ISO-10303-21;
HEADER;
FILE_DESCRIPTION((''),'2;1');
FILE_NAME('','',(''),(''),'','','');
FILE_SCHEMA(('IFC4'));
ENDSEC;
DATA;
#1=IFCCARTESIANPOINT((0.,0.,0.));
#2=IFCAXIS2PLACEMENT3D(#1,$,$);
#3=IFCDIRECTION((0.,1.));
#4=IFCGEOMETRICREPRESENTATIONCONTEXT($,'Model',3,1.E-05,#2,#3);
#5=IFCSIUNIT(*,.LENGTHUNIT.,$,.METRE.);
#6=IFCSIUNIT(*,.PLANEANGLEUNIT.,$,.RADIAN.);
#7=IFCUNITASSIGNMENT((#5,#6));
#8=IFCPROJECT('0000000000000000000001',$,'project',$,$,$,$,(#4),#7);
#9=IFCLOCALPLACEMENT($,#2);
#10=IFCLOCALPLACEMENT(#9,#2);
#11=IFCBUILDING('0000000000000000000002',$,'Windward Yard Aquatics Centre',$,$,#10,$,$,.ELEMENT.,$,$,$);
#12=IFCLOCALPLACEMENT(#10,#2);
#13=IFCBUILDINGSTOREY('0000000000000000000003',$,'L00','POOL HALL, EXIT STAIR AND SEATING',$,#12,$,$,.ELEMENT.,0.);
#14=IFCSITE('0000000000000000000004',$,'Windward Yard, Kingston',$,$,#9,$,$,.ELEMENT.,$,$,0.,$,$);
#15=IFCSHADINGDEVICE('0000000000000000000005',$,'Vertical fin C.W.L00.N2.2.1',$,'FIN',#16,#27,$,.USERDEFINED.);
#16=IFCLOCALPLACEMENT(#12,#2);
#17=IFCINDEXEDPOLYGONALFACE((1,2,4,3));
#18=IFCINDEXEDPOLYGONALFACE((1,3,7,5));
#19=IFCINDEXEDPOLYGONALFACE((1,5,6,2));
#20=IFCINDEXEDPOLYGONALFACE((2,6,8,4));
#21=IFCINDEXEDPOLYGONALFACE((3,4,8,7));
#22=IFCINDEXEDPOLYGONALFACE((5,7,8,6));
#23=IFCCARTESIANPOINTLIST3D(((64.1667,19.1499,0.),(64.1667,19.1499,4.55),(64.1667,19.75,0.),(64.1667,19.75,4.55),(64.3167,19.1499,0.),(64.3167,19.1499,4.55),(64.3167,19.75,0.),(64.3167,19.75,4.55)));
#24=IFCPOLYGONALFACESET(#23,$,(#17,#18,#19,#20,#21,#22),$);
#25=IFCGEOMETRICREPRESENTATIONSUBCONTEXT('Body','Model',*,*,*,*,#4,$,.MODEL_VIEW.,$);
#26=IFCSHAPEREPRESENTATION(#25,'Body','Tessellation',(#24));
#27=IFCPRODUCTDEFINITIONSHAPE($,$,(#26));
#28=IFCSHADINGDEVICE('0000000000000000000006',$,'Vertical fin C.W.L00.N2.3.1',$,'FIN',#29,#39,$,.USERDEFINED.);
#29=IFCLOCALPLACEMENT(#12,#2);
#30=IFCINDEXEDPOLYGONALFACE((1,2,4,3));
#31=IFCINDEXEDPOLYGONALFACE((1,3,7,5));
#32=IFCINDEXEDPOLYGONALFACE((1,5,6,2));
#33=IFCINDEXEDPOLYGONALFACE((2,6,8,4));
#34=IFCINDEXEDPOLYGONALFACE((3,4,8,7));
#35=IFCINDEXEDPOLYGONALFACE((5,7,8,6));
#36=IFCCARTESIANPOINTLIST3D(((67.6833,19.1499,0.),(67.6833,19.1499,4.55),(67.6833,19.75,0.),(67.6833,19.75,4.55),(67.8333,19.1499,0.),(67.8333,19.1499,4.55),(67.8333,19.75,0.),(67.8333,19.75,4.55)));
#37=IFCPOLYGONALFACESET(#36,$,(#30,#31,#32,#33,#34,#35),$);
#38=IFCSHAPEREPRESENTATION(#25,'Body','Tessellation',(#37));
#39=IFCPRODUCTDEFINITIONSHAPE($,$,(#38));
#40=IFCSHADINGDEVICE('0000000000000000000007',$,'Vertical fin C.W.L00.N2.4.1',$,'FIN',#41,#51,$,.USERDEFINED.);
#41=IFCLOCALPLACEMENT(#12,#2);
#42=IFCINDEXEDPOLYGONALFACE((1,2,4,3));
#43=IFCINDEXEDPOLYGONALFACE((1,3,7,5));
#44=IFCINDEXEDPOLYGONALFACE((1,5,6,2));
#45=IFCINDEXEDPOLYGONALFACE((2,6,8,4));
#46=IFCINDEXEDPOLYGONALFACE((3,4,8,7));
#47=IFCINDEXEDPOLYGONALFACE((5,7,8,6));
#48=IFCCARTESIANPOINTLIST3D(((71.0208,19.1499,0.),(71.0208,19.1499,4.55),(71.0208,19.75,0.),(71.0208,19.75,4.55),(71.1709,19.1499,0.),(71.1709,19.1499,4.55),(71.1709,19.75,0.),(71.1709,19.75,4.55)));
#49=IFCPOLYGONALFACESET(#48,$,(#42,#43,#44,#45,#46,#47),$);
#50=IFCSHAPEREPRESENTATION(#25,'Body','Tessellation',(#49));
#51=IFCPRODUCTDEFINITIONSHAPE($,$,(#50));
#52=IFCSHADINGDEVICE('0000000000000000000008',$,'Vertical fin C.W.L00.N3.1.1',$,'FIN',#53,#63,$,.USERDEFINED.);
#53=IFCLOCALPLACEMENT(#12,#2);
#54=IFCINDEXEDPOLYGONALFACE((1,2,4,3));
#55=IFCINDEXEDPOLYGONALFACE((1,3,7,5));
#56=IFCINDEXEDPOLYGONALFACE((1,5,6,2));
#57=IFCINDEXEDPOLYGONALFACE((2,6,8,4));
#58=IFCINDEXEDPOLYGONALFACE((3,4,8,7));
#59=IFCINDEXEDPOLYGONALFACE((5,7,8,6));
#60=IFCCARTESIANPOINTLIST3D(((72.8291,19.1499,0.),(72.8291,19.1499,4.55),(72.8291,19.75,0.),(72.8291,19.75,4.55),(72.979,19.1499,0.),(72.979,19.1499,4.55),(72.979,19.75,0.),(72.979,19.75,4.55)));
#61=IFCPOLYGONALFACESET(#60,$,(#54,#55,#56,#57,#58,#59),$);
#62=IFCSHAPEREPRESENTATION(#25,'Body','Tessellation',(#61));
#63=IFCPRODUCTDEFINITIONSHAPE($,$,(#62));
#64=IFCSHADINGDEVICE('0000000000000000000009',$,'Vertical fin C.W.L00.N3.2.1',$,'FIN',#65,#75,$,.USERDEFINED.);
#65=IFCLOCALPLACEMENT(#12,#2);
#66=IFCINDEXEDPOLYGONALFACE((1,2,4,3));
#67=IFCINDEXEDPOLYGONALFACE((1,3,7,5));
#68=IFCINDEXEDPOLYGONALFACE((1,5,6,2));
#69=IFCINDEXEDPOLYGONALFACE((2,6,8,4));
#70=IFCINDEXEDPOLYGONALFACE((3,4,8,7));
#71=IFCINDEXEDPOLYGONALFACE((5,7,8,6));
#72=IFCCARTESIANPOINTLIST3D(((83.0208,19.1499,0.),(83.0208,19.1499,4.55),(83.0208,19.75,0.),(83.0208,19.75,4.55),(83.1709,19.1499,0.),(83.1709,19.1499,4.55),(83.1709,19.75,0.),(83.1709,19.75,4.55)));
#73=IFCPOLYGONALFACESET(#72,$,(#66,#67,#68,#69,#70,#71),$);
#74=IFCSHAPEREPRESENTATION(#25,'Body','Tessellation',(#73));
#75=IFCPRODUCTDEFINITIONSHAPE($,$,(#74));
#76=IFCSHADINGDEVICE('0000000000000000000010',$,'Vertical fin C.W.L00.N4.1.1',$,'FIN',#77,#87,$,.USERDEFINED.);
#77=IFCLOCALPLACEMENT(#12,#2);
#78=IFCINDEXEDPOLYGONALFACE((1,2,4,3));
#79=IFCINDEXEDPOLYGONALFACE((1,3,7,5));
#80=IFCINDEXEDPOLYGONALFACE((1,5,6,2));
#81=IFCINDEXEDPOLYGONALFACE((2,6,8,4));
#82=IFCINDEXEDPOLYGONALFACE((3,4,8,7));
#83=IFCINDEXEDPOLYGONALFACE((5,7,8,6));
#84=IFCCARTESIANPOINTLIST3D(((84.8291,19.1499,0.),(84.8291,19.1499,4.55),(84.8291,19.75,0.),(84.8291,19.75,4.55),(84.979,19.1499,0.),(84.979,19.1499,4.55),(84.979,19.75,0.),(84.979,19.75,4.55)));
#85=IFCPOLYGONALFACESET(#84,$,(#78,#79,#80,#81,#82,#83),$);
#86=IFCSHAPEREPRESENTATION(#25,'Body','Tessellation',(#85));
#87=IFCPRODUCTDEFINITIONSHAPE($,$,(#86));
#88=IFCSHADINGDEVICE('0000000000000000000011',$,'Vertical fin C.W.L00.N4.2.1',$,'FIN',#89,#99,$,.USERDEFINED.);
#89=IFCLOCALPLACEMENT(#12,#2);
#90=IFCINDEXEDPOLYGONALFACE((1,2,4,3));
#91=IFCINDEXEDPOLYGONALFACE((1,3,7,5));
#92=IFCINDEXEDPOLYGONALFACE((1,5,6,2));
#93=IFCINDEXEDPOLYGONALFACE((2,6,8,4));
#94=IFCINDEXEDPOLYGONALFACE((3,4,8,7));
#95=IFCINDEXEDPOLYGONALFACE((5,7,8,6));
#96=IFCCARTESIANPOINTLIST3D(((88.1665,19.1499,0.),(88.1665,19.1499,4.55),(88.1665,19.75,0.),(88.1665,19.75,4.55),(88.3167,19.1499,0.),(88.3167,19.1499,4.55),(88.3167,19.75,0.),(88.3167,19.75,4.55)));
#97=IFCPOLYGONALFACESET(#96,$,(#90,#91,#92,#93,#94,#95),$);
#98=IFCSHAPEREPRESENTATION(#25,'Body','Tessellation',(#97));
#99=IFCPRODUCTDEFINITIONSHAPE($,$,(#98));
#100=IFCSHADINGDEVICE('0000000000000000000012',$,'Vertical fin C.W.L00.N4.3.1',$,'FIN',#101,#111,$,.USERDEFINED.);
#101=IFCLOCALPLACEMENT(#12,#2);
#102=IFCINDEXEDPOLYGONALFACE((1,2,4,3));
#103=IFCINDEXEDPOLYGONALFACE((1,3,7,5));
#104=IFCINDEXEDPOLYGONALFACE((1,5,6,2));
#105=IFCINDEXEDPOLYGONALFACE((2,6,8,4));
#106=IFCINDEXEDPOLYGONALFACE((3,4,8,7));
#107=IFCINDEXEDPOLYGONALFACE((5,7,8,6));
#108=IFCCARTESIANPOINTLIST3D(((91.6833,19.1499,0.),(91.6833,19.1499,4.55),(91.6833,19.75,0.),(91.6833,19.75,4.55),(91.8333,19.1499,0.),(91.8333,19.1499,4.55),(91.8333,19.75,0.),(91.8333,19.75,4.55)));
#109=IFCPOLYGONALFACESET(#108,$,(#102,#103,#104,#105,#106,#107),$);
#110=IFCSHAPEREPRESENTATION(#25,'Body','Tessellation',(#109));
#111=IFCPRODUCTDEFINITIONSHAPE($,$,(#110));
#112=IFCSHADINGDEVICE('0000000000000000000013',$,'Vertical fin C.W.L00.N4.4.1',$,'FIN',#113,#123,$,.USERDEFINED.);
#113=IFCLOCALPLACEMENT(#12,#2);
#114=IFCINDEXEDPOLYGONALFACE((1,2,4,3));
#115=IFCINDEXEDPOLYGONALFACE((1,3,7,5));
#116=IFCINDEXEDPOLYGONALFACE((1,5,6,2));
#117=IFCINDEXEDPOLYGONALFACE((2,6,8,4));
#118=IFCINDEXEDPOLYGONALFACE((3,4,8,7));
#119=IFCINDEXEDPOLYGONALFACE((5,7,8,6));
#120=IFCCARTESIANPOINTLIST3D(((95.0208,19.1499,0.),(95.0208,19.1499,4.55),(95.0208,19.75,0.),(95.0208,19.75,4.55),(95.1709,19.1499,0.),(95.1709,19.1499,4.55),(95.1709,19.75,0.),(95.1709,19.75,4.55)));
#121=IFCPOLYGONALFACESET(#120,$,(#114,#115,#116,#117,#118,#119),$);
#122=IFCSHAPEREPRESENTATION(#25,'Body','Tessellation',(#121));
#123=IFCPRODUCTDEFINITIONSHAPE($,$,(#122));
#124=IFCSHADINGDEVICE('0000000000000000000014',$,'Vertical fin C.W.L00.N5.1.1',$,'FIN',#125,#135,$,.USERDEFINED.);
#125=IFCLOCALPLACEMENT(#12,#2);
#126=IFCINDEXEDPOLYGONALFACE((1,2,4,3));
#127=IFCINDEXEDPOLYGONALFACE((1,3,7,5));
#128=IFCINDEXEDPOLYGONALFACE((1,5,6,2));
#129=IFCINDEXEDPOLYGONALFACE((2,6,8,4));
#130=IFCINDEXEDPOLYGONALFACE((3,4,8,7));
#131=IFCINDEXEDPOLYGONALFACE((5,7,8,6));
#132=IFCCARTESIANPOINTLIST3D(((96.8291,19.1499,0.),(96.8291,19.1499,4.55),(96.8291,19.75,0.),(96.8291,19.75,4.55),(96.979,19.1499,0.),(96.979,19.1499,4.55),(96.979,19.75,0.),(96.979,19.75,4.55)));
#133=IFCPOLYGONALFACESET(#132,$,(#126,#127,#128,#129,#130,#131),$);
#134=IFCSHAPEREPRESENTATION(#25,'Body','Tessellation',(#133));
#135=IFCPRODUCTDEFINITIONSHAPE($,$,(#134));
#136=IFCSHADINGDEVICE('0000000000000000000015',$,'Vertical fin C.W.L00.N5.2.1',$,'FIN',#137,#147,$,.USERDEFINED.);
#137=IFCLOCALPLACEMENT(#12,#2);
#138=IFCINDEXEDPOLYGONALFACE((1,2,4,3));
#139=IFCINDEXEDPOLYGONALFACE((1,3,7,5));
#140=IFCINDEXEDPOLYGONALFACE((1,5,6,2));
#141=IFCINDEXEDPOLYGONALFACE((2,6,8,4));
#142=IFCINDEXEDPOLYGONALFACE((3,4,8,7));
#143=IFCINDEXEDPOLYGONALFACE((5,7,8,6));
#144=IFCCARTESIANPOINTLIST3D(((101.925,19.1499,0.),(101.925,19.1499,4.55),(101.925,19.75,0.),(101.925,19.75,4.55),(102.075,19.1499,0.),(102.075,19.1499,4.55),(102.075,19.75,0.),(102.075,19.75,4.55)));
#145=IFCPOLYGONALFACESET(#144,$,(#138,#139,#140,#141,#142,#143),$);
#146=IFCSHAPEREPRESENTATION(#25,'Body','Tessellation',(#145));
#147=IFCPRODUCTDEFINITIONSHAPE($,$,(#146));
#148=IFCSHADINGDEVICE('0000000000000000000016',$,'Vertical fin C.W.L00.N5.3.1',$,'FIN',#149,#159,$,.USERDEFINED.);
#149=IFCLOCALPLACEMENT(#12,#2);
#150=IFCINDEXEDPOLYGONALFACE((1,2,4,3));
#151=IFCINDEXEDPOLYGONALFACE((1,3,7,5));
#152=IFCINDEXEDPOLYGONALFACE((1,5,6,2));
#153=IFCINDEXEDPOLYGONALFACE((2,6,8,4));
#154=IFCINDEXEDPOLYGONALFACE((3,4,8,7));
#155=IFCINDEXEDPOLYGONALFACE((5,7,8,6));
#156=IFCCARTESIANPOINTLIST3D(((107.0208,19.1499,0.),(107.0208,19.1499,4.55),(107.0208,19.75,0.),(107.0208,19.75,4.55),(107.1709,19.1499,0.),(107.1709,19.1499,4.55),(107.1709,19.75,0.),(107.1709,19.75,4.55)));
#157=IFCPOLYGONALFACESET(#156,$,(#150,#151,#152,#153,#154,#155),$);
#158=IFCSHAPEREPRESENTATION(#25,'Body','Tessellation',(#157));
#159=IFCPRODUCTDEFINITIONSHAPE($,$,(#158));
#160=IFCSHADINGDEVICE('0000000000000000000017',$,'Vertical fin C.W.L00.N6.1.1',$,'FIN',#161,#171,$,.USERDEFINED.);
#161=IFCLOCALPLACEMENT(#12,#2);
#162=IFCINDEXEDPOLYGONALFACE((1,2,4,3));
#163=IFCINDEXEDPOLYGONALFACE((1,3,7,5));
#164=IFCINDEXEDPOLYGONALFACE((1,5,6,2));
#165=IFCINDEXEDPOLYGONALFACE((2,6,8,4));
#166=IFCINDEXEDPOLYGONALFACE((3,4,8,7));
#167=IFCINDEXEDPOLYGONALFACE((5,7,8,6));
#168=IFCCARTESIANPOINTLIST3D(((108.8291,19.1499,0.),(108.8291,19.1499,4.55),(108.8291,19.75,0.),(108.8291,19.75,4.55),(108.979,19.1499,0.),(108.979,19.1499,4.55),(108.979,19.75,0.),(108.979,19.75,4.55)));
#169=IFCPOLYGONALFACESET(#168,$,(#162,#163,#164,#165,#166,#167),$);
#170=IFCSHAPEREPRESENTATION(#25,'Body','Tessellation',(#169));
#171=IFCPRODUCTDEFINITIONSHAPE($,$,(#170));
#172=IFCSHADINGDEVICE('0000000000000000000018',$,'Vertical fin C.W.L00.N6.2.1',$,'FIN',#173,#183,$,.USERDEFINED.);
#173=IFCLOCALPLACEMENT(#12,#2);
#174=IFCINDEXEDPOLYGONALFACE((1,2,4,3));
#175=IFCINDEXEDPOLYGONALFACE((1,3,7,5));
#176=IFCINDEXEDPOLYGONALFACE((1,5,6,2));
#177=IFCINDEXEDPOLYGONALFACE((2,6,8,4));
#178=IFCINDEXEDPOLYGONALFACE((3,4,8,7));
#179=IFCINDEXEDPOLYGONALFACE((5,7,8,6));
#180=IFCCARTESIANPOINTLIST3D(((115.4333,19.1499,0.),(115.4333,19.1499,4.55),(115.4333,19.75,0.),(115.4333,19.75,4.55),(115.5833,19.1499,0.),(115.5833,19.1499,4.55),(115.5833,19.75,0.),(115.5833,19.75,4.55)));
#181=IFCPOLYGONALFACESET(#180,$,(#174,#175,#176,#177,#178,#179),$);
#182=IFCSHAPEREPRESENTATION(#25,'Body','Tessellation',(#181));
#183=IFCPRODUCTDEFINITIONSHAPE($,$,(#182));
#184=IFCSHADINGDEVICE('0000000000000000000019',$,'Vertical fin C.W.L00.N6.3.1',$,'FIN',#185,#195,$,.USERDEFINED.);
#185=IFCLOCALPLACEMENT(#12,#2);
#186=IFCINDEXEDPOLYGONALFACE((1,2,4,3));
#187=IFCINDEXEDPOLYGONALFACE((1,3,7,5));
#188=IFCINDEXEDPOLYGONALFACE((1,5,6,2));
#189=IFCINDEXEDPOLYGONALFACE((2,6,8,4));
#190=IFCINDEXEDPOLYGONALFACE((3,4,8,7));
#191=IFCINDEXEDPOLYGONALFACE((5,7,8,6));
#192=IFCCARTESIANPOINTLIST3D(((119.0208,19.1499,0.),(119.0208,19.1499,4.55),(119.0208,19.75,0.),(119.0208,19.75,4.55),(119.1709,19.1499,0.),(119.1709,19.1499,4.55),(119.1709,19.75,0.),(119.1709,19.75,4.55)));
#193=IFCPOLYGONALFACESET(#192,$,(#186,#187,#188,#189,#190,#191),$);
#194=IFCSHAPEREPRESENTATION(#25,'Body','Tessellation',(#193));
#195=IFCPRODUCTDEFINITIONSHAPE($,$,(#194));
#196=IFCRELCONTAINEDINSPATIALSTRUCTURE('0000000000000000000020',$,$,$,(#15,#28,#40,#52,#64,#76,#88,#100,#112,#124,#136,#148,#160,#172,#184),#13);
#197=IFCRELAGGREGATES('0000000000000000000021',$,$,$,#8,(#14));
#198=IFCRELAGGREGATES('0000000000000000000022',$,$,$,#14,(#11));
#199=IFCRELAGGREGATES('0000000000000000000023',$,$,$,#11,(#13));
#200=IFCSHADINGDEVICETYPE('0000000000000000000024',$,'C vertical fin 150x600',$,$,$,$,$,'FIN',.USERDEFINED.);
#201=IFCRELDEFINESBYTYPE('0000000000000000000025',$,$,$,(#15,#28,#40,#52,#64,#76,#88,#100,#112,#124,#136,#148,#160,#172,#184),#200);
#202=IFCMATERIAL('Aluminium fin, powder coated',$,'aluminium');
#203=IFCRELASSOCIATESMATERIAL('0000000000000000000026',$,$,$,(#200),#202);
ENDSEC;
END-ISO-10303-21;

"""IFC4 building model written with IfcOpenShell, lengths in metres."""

from ifc_helpers import new_model, si_unit, direction, origin, place, context, subcontext, project, spatial, polyline, outline, extrude, material, type_object, element, save


model = new_model("IFC4")

# Units and contexts
model_context = context("Model", 3, precision=1e-05, world=origin(), true_north=direction((0.0, 1.0)))
body_context = subcontext(model_context, "Body", "Model", "MODEL_VIEW")
ifc_project = project(units=[si_unit("LENGTHUNIT", "METRE"), si_unit("PLANEANGLEUNIT", "RADIAN")], contexts=[model_context])

# Site, building, storey
site_placement = place(None, origin())
site = spatial("IfcSite", under=ifc_project, at=site_placement, Name="Windward Yard, Kingston", CompositionType="ELEMENT", RefElevation=0.0)
building_placement = place(site_placement, origin())
building = spatial("IfcBuilding", under=site, at=building_placement, Name="Windward Yard Aquatics Centre", CompositionType="ELEMENT")
storey_placement = place(building_placement, origin())
storey = spatial("IfcBuildingStorey", under=building, at=storey_placement, Name="L00", Description="POOL HALL, EXIT STAIR AND SEATING", CompositionType="ELEMENT", Elevation=0.0)

# Shading devices
ifc_material = material(Name="Aluminium fin, powder coated", Category="aluminium")
shading_device_type = type_object("IfcShadingDeviceType", Name="C vertical fin 150x600", ElementType="FIN", PredefinedType="USERDEFINED", material=ifc_material)
shading_device_1_placement = place(storey_placement, origin())
element("IfcShadingDevice", 1, at=shading_device_1_placement, inside=storey, type_object=shading_device_type, Name="Vertical fin C.W.L00.N2.2.1", ObjectType="FIN", PredefinedType="USERDEFINED", context=body_context, shape_type="SweptSolid", body=[
    extrude(outline(polyline([(64.1667, 19.1499), (64.3167, 19.1499), (64.3167, 19.75), (64.1667, 19.75), (64.1667, 19.1499)])), origin(), (0.0, 0.0, 1.0), 4.55),
])
shading_device_2_placement = place(storey_placement, origin())
element("IfcShadingDevice", 2, at=shading_device_2_placement, inside=storey, type_object=shading_device_type, Name="Vertical fin C.W.L00.N2.3.1", ObjectType="FIN", PredefinedType="USERDEFINED", context=body_context, shape_type="SweptSolid", body=[
    extrude(outline(polyline([(67.6833, 19.1499), (67.8333, 19.1499), (67.8333, 19.75), (67.6833, 19.75), (67.6833, 19.1499)])), origin(), (0.0, 0.0, 1.0), 4.55),
])
shading_device_3_placement = place(storey_placement, origin())
element("IfcShadingDevice", 3, at=shading_device_3_placement, inside=storey, type_object=shading_device_type, Name="Vertical fin C.W.L00.N2.4.1", ObjectType="FIN", PredefinedType="USERDEFINED", context=body_context, shape_type="SweptSolid", body=[
    extrude(outline(polyline([(71.0208, 19.1499), (71.1709, 19.1499), (71.1709, 19.75), (71.0208, 19.75), (71.0208, 19.1499)])), origin(), (0.0, 0.0, 1.0), 4.55),
])
shading_device_4_placement = place(storey_placement, origin())
element("IfcShadingDevice", 4, at=shading_device_4_placement, inside=storey, type_object=shading_device_type, Name="Vertical fin C.W.L00.N3.1.1", ObjectType="FIN", PredefinedType="USERDEFINED", context=body_context, shape_type="SweptSolid", body=[
    extrude(outline(polyline([(72.8291, 19.1499), (72.979, 19.1499), (72.979, 19.75), (72.8291, 19.75), (72.8291, 19.1499)])), origin(), (0.0, 0.0, 1.0), 4.55),
])
shading_device_5_placement = place(storey_placement, origin())
element("IfcShadingDevice", 5, at=shading_device_5_placement, inside=storey, type_object=shading_device_type, Name="Vertical fin C.W.L00.N3.2.1", ObjectType="FIN", PredefinedType="USERDEFINED", context=body_context, shape_type="SweptSolid", body=[
    extrude(outline(polyline([(83.0208, 19.1499), (83.1709, 19.1499), (83.1709, 19.75), (83.0208, 19.75), (83.0208, 19.1499)])), origin(), (0.0, 0.0, 1.0), 4.55),
])
shading_device_6_placement = place(storey_placement, origin())
element("IfcShadingDevice", 6, at=shading_device_6_placement, inside=storey, type_object=shading_device_type, Name="Vertical fin C.W.L00.N4.1.1", ObjectType="FIN", PredefinedType="USERDEFINED", context=body_context, shape_type="SweptSolid", body=[
    extrude(outline(polyline([(84.8291, 19.1499), (84.979, 19.1499), (84.979, 19.75), (84.8291, 19.75), (84.8291, 19.1499)])), origin(), (0.0, 0.0, 1.0), 4.55),
])
shading_device_7_placement = place(storey_placement, origin())
element("IfcShadingDevice", 7, at=shading_device_7_placement, inside=storey, type_object=shading_device_type, Name="Vertical fin C.W.L00.N4.2.1", ObjectType="FIN", PredefinedType="USERDEFINED", context=body_context, shape_type="SweptSolid", body=[
    extrude(outline(polyline([(88.1665, 19.1499), (88.3167, 19.1499), (88.3167, 19.75), (88.1665, 19.75), (88.1665, 19.1499)])), origin(), (0.0, 0.0, 1.0), 4.55),
])
shading_device_8_placement = place(storey_placement, origin())
element("IfcShadingDevice", 8, at=shading_device_8_placement, inside=storey, type_object=shading_device_type, Name="Vertical fin C.W.L00.N4.3.1", ObjectType="FIN", PredefinedType="USERDEFINED", context=body_context, shape_type="SweptSolid", body=[
    extrude(outline(polyline([(91.6833, 19.1499), (91.8333, 19.1499), (91.8333, 19.75), (91.6833, 19.75), (91.6833, 19.1499)])), origin(), (0.0, 0.0, 1.0), 4.55),
])
shading_device_9_placement = place(storey_placement, origin())
element("IfcShadingDevice", 9, at=shading_device_9_placement, inside=storey, type_object=shading_device_type, Name="Vertical fin C.W.L00.N4.4.1", ObjectType="FIN", PredefinedType="USERDEFINED", context=body_context, shape_type="SweptSolid", body=[
    extrude(outline(polyline([(95.0208, 19.1499), (95.1709, 19.1499), (95.1709, 19.75), (95.0208, 19.75), (95.0208, 19.1499)])), origin(), (0.0, 0.0, 1.0), 4.55),
])
shading_device_10_placement = place(storey_placement, origin())
element("IfcShadingDevice", 10, at=shading_device_10_placement, inside=storey, type_object=shading_device_type, Name="Vertical fin C.W.L00.N5.1.1", ObjectType="FIN", PredefinedType="USERDEFINED", context=body_context, shape_type="SweptSolid", body=[
    extrude(outline(polyline([(96.8291, 19.1499), (96.979, 19.1499), (96.979, 19.75), (96.8291, 19.75), (96.8291, 19.1499)])), origin(), (0.0, 0.0, 1.0), 4.55),
])
shading_device_11_placement = place(storey_placement, origin())
element("IfcShadingDevice", 11, at=shading_device_11_placement, inside=storey, type_object=shading_device_type, Name="Vertical fin C.W.L00.N5.2.1", ObjectType="FIN", PredefinedType="USERDEFINED", context=body_context, shape_type="SweptSolid", body=[
    extrude(outline(polyline([(101.925, 19.1499), (102.075, 19.1499), (102.075, 19.75), (101.925, 19.75), (101.925, 19.1499)])), origin(), (0.0, 0.0, 1.0), 4.55),
])
shading_device_12_placement = place(storey_placement, origin())
element("IfcShadingDevice", 12, at=shading_device_12_placement, inside=storey, type_object=shading_device_type, Name="Vertical fin C.W.L00.N5.3.1", ObjectType="FIN", PredefinedType="USERDEFINED", context=body_context, shape_type="SweptSolid", body=[
    extrude(outline(polyline([(107.0208, 19.1499), (107.1709, 19.1499), (107.1709, 19.75), (107.0208, 19.75), (107.0208, 19.1499)])), origin(), (0.0, 0.0, 1.0), 4.55),
])
shading_device_13_placement = place(storey_placement, origin())
element("IfcShadingDevice", 13, at=shading_device_13_placement, inside=storey, type_object=shading_device_type, Name="Vertical fin C.W.L00.N6.1.1", ObjectType="FIN", PredefinedType="USERDEFINED", context=body_context, shape_type="SweptSolid", body=[
    extrude(outline(polyline([(108.8291, 19.1499), (108.979, 19.1499), (108.979, 19.75), (108.8291, 19.75), (108.8291, 19.1499)])), origin(), (0.0, 0.0, 1.0), 4.55),
])
shading_device_14_placement = place(storey_placement, origin())
element("IfcShadingDevice", 14, at=shading_device_14_placement, inside=storey, type_object=shading_device_type, Name="Vertical fin C.W.L00.N6.2.1", ObjectType="FIN", PredefinedType="USERDEFINED", context=body_context, shape_type="SweptSolid", body=[
    extrude(outline(polyline([(115.4333, 19.1499), (115.5833, 19.1499), (115.5833, 19.75), (115.4333, 19.75), (115.4333, 19.1499)])), origin(), (0.0, 0.0, 1.0), 4.55),
])
shading_device_15_placement = place(storey_placement, origin())
element("IfcShadingDevice", 15, at=shading_device_15_placement, inside=storey, type_object=shading_device_type, Name="Vertical fin C.W.L00.N6.3.1", ObjectType="FIN", PredefinedType="USERDEFINED", context=body_context, shape_type="SweptSolid", body=[
    extrude(outline(polyline([(119.0208, 19.1499), (119.1709, 19.1499), (119.1709, 19.75), (119.0208, 19.75), (119.0208, 19.1499)])), origin(), (0.0, 0.0, 1.0), 4.55),
])

save(model, "model.ifc")
